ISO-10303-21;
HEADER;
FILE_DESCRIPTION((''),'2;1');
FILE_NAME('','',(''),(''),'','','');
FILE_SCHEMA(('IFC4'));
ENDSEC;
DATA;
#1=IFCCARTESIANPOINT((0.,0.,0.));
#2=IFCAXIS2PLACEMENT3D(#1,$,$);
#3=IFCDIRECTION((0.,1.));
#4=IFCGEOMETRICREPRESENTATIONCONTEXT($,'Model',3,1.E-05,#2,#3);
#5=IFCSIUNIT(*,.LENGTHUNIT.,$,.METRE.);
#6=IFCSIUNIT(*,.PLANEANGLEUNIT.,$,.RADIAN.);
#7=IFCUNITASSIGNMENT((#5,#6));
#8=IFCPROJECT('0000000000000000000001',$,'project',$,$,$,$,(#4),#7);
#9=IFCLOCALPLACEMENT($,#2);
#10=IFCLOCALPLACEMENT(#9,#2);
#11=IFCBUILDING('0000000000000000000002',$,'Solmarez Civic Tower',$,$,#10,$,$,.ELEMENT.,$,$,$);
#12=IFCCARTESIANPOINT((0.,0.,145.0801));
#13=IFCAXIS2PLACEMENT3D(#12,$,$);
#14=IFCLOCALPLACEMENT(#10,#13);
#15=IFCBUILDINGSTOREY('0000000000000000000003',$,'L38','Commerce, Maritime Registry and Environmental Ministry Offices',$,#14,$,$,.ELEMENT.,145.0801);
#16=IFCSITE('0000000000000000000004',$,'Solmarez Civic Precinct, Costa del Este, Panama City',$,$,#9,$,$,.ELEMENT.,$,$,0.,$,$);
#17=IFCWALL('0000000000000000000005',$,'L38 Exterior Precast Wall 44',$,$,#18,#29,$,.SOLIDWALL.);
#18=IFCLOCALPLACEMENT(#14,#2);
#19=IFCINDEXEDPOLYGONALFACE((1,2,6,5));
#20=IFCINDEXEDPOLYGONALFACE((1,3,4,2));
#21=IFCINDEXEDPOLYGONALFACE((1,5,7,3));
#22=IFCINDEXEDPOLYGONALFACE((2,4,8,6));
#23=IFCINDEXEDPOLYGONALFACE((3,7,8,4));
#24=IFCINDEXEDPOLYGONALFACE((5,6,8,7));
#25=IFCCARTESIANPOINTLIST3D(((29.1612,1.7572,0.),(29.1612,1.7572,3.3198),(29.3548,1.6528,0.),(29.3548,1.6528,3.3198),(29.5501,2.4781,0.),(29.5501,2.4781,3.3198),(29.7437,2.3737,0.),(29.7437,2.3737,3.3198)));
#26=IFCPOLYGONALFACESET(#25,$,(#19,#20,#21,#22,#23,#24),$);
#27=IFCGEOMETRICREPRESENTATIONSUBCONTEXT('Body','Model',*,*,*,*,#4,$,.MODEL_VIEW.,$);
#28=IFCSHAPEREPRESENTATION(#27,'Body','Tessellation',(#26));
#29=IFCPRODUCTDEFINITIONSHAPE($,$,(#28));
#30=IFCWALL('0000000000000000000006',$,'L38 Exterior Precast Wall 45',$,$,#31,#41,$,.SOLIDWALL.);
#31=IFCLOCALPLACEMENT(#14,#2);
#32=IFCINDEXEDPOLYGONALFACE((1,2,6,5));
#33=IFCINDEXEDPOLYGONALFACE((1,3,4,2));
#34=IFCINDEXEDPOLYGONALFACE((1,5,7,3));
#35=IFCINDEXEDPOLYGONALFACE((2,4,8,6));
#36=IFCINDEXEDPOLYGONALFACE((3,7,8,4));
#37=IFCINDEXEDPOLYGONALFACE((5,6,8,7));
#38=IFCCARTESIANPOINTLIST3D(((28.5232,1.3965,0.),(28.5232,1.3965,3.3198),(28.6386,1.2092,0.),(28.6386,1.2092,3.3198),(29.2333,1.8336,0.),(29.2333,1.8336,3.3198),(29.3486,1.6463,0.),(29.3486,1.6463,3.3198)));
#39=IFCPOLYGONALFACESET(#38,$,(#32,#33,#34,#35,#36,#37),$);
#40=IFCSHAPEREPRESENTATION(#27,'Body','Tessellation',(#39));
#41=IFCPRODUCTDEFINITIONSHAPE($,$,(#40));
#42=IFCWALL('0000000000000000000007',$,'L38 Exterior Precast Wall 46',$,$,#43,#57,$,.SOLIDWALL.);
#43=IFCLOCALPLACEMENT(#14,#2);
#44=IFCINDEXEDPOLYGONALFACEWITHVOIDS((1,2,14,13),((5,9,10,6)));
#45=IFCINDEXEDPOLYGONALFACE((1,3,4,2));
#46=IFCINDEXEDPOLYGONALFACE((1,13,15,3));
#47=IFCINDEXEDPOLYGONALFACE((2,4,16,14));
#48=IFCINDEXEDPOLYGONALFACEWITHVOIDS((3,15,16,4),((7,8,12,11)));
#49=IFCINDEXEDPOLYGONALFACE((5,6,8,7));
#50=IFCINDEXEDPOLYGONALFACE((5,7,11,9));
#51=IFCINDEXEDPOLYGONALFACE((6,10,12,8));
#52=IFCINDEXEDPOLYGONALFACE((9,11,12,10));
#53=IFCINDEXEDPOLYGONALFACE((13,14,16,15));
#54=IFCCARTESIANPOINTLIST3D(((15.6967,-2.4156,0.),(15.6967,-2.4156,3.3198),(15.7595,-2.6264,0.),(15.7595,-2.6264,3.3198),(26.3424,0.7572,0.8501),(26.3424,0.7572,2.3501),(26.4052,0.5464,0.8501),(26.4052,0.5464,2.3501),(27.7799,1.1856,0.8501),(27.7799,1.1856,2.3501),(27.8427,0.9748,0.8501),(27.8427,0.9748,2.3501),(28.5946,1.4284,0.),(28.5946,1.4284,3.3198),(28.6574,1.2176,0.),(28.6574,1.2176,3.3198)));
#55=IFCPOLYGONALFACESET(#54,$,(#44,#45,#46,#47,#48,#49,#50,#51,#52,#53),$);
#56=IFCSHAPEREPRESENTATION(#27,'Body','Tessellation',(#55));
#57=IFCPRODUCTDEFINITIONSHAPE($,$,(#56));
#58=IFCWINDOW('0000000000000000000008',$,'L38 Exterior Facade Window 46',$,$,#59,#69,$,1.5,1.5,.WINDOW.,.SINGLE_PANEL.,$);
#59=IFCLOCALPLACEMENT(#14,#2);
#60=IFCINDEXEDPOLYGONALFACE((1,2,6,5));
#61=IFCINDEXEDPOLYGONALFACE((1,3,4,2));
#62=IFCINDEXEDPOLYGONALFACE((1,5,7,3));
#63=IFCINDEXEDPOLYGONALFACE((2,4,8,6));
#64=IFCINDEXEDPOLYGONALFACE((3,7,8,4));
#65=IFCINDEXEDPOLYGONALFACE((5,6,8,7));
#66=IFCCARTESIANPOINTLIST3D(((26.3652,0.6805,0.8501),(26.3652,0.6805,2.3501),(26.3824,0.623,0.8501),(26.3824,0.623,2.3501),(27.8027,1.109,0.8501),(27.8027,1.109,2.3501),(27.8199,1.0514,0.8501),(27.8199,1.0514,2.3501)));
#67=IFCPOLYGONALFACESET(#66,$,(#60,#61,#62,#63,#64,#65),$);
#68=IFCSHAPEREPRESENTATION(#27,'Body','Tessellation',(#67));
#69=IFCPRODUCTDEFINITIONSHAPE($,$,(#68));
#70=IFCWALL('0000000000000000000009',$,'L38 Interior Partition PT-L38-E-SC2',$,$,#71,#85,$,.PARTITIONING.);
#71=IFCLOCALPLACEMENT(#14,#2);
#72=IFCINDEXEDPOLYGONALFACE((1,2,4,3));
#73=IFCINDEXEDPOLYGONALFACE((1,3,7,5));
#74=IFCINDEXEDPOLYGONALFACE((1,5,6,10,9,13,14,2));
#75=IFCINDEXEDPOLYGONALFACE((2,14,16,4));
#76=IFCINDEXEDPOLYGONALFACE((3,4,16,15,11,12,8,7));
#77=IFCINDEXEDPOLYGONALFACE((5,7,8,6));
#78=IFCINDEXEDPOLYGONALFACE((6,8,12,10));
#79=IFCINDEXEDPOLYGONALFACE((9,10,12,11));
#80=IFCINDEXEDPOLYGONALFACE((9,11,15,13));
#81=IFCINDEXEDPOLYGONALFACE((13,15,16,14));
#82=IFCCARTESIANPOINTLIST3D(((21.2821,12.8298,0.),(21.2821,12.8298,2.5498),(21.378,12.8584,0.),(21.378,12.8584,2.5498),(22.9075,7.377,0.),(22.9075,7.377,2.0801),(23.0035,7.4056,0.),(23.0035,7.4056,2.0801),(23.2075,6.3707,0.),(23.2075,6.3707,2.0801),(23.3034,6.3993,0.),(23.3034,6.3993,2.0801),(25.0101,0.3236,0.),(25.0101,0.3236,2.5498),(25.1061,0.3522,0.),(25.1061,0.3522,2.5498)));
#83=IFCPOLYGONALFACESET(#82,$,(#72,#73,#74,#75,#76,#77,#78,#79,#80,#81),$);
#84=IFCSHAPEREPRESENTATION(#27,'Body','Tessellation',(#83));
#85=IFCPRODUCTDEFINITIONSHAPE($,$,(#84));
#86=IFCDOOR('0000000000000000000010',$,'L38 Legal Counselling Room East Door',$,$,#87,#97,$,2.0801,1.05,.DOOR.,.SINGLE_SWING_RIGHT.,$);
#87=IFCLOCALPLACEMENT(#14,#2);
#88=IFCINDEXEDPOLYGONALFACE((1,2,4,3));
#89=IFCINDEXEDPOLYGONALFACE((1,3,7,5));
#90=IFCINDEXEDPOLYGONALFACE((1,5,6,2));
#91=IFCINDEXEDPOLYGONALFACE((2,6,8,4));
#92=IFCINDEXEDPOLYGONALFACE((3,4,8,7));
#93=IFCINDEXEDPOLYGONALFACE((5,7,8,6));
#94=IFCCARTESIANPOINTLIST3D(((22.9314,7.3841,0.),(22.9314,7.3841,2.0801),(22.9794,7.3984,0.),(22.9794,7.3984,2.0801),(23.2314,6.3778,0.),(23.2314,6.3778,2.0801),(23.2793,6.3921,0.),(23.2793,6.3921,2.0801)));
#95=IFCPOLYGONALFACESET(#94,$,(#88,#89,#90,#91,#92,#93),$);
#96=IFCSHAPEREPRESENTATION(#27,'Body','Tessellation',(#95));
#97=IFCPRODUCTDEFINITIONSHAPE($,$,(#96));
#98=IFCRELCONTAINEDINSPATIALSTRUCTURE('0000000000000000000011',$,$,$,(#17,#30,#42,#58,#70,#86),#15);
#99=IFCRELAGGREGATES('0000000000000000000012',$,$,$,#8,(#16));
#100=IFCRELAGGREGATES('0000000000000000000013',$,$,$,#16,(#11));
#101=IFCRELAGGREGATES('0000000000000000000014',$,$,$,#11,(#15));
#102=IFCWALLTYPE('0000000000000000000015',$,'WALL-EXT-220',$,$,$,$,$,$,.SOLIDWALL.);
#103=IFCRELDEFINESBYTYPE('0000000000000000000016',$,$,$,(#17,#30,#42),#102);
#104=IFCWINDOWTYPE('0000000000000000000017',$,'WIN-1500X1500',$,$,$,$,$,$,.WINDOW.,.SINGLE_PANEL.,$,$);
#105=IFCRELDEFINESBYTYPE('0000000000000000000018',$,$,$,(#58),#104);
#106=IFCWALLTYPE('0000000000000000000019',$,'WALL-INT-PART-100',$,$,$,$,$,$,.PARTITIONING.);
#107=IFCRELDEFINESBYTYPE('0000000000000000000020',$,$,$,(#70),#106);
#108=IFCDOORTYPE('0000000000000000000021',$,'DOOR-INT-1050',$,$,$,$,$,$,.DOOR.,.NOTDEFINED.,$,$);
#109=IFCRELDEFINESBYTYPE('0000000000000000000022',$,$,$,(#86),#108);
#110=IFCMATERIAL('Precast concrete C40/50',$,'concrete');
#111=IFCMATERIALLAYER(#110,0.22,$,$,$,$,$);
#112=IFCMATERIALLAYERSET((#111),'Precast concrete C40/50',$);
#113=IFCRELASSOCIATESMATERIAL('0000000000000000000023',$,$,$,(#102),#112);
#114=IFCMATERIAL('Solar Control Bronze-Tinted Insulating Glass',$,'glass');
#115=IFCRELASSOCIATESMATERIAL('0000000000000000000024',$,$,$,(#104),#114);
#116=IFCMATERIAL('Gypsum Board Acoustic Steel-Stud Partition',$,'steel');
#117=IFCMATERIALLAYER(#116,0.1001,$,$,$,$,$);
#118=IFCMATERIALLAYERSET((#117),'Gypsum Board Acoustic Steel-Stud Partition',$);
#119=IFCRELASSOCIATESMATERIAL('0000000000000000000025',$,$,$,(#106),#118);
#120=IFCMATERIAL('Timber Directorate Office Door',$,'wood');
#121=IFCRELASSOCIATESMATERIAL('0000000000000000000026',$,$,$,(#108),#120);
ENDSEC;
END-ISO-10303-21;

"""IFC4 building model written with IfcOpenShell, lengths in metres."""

from ifc_helpers import new_model, si_unit, direction, frame, frame_2d, origin, place, context, subcontext, project, spatial, rectangle, extrude, material, layer, layer_set, type_object, element, fill, save


model = new_model("IFC4")

# Units and contexts
model_context = context("Model", 3, precision=1e-05, world=origin(), true_north=direction((0.0, 1.0)))
body_context = subcontext(model_context, "Body", "Model", "MODEL_VIEW")
ifc_project = project(units=[si_unit("LENGTHUNIT", "METRE"), si_unit("PLANEANGLEUNIT", "RADIAN")], contexts=[model_context])

# Site, building, storey
site_placement = place(None, origin())
site = spatial("IfcSite", under=ifc_project, at=site_placement, Name="Solmarez Civic Precinct, Costa del Este, Panama City", CompositionType="ELEMENT", RefElevation=0.0)
building_placement = place(site_placement, origin())
building = spatial("IfcBuilding", under=site, at=building_placement, Name="Solmarez Civic Tower", CompositionType="ELEMENT")
storey_placement = place(building_placement, frame((0.0, 0.0, 145.0801)))
storey = spatial("IfcBuildingStorey", under=building, at=storey_placement, Name="L38", Description="Commerce, Maritime Registry and Environmental Ministry Offices", CompositionType="ELEMENT", Elevation=145.0801)

# Shared definitions
ifc_material_1 = material(Name="Precast concrete C40/50", Category="concrete")
ifc_layer_1 = layer(ifc_material_1, 0.22)
ifc_layer_set_1 = layer_set([ifc_layer_1], Name="Precast concrete C40/50")
wall_type_1 = type_object("IfcWallType", Name="WALL-EXT-220", PredefinedType="SOLIDWALL", material=ifc_layer_set_1)

# Shared definitions
ifc_material_2 = material(Name="Solar Control Bronze-Tinted Insulating Glass", Category="glass")

# Walls
wall_1_placement = place(storey_placement, frame((29.647, 2.426, 0.0), z_axis=(0.0, 0.0, 1.0), x_axis=(-0.474775, -0.880107, 0.0)))
element("IfcWall", 1, at=wall_1_placement, inside=storey, type_object=wall_type_1, Name="L38 Exterior Precast Wall 44", PredefinedType="SOLIDWALL", context=body_context, shape_type="SweptSolid", body=[
    extrude(rectangle(XDim=0.8191, YDim=0.22, at=frame_2d((0.4097, 0.0))), origin(), (0.0, 0.0, 1.0), 3.3198),
])
wall_2_placement = place(storey_placement, frame((29.291, 1.74, 0.0), z_axis=(0.0, 0.0, 1.0), x_axis=(-0.851598, -0.524195, 0.0)))
element("IfcWall", 2, at=wall_2_placement, inside=storey, type_object=wall_type_1, Name="L38 Exterior Precast Wall 45", PredefinedType="SOLIDWALL", context=body_context, shape_type="SweptSolid", body=[
    extrude(rectangle(XDim=0.8337, YDim=0.22, at=frame_2d((0.417, 0.0))), origin(), (0.0, 0.0, 1.0), 3.3198),
])

# Wall, opening, window
wall_3_placement = place(storey_placement, frame((28.626, 1.323, 0.0), z_axis=(0.0, 0.0, 1.0), x_axis=(-0.958344, -0.285617, 0.0)))
wall_3 = element("IfcWall", 3, at=wall_3_placement, inside=storey, type_object=wall_type_1, Name="L38 Exterior Precast Wall 46", PredefinedType="SOLIDWALL", context=body_context, shape_type="SweptSolid", body=[
    extrude(rectangle(XDim=13.4585, YDim=0.22, at=frame_2d((6.7292, 0.0))), origin(), (0.0, 0.0, 1.0), 3.3198),
])
opening_1_placement = place(wall_3_placement, frame((0.8501, 0.0, 0.8501)))
opening_1 = element("IfcOpeningElement", 4, at=opening_1_placement, cuts=wall_3, PredefinedType="OPENING", context=body_context, shape_type="SweptSolid", body=[
    extrude(rectangle(XDim=1.5, YDim=1.5, at=frame_2d((0.75, 0.75))), frame((0.0, 0.1199, 0.0), z_axis=(0.0, -1.0, 0.0), x_axis=(1.0, 0.0, 0.0)), (0.0, 0.0, 1.0), 0.24),
])
window_type_1 = type_object("IfcWindowType", Name="WIN-1500X1500", PartitioningType="SINGLE_PANEL", PredefinedType="WINDOW", material=ifc_material_2)
window_1_placement = place(opening_1_placement, origin())
window_1 = element("IfcWindow", 5, at=window_1_placement, inside=storey, type_object=window_type_1, Name="L38 Exterior Facade Window 46", OverallHeight=1.5, OverallWidth=1.5, PartitioningType="SINGLE_PANEL", PredefinedType="WINDOW", context=body_context, shape_type="SweptSolid", body=[
    extrude(rectangle(XDim=1.5, YDim=1.5, at=frame_2d((0.75, 0.75))), frame((0.0, 0.03, 0.0), z_axis=(0.0, -1.0, 0.0), x_axis=(1.0, 0.0, 0.0)), (0.0, 0.0, 1.0), 0.0601),
])
fill(opening_1, window_1)

# Wall, opening, door
ifc_material_3 = material(Name="Gypsum Board Acoustic Steel-Stud Partition", Category="steel")
ifc_layer_2 = layer(ifc_material_3, 0.1001)
ifc_layer_set_2 = layer_set([ifc_layer_2], Name="Gypsum Board Acoustic Steel-Stud Partition")
wall_type_2 = type_object("IfcWallType", Name="WALL-INT-PART-100", PredefinedType="PARTITIONING", material=ifc_layer_set_2)
wall_4_placement = place(storey_placement, frame((21.3301, 12.844, 0.0), z_axis=(0.0, 0.0, 1.0), x_axis=(0.285674, -0.958327, 0.0)))
wall_4 = element("IfcWall", 6, at=wall_4_placement, inside=storey, type_object=wall_type_2, Name="L38 Interior Partition PT-L38-E-SC2", PredefinedType="PARTITIONING", context=body_context, shape_type="SweptSolid", body=[
    extrude(rectangle(XDim=13.05, YDim=0.1001, at=frame_2d((6.5249, 0.0))), origin(), (0.0, 0.0, 1.0), 2.5498),
])
opening_2_placement = place(wall_4_placement, frame((5.6899, 0.0, 0.0)))
opening_2 = element("IfcOpeningElement", 7, at=opening_2_placement, cuts=wall_4, PredefinedType="OPENING", context=body_context, shape_type="SweptSolid", body=[
    extrude(rectangle(XDim=1.05, YDim=2.0801, at=frame_2d((0.5249, 1.04))), frame((0.0, 0.0601, 0.0), z_axis=(0.0, -1.0, 0.0), x_axis=(1.0, 0.0, 0.0)), (0.0, 0.0, 1.0), 0.1201),
])
ifc_material_4 = material(Name="Timber Directorate Office Door", Category="wood")
door_type = type_object("IfcDoorType", Name="DOOR-INT-1050", OperationType="NOTDEFINED", PredefinedType="DOOR", material=ifc_material_4)
door_placement = place(opening_2_placement, origin())
door = element("IfcDoor", 8, at=door_placement, inside=storey, type_object=door_type, Name="L38 Legal Counselling Room East Door", OperationType="SINGLE_SWING_RIGHT", OverallHeight=2.0801, OverallWidth=1.05, PredefinedType="DOOR", context=body_context, shape_type="SweptSolid", body=[
    extrude(rectangle(XDim=1.05, YDim=2.0801, at=frame_2d((0.5249, 1.04))), frame((0.0, 0.0249, 0.0), z_axis=(0.0, -1.0, 0.0), x_axis=(1.0, 0.0, 0.0)), (0.0, 0.0, 1.0), 0.05),
])
fill(opening_2, door)

save(model, "model.ifc")
